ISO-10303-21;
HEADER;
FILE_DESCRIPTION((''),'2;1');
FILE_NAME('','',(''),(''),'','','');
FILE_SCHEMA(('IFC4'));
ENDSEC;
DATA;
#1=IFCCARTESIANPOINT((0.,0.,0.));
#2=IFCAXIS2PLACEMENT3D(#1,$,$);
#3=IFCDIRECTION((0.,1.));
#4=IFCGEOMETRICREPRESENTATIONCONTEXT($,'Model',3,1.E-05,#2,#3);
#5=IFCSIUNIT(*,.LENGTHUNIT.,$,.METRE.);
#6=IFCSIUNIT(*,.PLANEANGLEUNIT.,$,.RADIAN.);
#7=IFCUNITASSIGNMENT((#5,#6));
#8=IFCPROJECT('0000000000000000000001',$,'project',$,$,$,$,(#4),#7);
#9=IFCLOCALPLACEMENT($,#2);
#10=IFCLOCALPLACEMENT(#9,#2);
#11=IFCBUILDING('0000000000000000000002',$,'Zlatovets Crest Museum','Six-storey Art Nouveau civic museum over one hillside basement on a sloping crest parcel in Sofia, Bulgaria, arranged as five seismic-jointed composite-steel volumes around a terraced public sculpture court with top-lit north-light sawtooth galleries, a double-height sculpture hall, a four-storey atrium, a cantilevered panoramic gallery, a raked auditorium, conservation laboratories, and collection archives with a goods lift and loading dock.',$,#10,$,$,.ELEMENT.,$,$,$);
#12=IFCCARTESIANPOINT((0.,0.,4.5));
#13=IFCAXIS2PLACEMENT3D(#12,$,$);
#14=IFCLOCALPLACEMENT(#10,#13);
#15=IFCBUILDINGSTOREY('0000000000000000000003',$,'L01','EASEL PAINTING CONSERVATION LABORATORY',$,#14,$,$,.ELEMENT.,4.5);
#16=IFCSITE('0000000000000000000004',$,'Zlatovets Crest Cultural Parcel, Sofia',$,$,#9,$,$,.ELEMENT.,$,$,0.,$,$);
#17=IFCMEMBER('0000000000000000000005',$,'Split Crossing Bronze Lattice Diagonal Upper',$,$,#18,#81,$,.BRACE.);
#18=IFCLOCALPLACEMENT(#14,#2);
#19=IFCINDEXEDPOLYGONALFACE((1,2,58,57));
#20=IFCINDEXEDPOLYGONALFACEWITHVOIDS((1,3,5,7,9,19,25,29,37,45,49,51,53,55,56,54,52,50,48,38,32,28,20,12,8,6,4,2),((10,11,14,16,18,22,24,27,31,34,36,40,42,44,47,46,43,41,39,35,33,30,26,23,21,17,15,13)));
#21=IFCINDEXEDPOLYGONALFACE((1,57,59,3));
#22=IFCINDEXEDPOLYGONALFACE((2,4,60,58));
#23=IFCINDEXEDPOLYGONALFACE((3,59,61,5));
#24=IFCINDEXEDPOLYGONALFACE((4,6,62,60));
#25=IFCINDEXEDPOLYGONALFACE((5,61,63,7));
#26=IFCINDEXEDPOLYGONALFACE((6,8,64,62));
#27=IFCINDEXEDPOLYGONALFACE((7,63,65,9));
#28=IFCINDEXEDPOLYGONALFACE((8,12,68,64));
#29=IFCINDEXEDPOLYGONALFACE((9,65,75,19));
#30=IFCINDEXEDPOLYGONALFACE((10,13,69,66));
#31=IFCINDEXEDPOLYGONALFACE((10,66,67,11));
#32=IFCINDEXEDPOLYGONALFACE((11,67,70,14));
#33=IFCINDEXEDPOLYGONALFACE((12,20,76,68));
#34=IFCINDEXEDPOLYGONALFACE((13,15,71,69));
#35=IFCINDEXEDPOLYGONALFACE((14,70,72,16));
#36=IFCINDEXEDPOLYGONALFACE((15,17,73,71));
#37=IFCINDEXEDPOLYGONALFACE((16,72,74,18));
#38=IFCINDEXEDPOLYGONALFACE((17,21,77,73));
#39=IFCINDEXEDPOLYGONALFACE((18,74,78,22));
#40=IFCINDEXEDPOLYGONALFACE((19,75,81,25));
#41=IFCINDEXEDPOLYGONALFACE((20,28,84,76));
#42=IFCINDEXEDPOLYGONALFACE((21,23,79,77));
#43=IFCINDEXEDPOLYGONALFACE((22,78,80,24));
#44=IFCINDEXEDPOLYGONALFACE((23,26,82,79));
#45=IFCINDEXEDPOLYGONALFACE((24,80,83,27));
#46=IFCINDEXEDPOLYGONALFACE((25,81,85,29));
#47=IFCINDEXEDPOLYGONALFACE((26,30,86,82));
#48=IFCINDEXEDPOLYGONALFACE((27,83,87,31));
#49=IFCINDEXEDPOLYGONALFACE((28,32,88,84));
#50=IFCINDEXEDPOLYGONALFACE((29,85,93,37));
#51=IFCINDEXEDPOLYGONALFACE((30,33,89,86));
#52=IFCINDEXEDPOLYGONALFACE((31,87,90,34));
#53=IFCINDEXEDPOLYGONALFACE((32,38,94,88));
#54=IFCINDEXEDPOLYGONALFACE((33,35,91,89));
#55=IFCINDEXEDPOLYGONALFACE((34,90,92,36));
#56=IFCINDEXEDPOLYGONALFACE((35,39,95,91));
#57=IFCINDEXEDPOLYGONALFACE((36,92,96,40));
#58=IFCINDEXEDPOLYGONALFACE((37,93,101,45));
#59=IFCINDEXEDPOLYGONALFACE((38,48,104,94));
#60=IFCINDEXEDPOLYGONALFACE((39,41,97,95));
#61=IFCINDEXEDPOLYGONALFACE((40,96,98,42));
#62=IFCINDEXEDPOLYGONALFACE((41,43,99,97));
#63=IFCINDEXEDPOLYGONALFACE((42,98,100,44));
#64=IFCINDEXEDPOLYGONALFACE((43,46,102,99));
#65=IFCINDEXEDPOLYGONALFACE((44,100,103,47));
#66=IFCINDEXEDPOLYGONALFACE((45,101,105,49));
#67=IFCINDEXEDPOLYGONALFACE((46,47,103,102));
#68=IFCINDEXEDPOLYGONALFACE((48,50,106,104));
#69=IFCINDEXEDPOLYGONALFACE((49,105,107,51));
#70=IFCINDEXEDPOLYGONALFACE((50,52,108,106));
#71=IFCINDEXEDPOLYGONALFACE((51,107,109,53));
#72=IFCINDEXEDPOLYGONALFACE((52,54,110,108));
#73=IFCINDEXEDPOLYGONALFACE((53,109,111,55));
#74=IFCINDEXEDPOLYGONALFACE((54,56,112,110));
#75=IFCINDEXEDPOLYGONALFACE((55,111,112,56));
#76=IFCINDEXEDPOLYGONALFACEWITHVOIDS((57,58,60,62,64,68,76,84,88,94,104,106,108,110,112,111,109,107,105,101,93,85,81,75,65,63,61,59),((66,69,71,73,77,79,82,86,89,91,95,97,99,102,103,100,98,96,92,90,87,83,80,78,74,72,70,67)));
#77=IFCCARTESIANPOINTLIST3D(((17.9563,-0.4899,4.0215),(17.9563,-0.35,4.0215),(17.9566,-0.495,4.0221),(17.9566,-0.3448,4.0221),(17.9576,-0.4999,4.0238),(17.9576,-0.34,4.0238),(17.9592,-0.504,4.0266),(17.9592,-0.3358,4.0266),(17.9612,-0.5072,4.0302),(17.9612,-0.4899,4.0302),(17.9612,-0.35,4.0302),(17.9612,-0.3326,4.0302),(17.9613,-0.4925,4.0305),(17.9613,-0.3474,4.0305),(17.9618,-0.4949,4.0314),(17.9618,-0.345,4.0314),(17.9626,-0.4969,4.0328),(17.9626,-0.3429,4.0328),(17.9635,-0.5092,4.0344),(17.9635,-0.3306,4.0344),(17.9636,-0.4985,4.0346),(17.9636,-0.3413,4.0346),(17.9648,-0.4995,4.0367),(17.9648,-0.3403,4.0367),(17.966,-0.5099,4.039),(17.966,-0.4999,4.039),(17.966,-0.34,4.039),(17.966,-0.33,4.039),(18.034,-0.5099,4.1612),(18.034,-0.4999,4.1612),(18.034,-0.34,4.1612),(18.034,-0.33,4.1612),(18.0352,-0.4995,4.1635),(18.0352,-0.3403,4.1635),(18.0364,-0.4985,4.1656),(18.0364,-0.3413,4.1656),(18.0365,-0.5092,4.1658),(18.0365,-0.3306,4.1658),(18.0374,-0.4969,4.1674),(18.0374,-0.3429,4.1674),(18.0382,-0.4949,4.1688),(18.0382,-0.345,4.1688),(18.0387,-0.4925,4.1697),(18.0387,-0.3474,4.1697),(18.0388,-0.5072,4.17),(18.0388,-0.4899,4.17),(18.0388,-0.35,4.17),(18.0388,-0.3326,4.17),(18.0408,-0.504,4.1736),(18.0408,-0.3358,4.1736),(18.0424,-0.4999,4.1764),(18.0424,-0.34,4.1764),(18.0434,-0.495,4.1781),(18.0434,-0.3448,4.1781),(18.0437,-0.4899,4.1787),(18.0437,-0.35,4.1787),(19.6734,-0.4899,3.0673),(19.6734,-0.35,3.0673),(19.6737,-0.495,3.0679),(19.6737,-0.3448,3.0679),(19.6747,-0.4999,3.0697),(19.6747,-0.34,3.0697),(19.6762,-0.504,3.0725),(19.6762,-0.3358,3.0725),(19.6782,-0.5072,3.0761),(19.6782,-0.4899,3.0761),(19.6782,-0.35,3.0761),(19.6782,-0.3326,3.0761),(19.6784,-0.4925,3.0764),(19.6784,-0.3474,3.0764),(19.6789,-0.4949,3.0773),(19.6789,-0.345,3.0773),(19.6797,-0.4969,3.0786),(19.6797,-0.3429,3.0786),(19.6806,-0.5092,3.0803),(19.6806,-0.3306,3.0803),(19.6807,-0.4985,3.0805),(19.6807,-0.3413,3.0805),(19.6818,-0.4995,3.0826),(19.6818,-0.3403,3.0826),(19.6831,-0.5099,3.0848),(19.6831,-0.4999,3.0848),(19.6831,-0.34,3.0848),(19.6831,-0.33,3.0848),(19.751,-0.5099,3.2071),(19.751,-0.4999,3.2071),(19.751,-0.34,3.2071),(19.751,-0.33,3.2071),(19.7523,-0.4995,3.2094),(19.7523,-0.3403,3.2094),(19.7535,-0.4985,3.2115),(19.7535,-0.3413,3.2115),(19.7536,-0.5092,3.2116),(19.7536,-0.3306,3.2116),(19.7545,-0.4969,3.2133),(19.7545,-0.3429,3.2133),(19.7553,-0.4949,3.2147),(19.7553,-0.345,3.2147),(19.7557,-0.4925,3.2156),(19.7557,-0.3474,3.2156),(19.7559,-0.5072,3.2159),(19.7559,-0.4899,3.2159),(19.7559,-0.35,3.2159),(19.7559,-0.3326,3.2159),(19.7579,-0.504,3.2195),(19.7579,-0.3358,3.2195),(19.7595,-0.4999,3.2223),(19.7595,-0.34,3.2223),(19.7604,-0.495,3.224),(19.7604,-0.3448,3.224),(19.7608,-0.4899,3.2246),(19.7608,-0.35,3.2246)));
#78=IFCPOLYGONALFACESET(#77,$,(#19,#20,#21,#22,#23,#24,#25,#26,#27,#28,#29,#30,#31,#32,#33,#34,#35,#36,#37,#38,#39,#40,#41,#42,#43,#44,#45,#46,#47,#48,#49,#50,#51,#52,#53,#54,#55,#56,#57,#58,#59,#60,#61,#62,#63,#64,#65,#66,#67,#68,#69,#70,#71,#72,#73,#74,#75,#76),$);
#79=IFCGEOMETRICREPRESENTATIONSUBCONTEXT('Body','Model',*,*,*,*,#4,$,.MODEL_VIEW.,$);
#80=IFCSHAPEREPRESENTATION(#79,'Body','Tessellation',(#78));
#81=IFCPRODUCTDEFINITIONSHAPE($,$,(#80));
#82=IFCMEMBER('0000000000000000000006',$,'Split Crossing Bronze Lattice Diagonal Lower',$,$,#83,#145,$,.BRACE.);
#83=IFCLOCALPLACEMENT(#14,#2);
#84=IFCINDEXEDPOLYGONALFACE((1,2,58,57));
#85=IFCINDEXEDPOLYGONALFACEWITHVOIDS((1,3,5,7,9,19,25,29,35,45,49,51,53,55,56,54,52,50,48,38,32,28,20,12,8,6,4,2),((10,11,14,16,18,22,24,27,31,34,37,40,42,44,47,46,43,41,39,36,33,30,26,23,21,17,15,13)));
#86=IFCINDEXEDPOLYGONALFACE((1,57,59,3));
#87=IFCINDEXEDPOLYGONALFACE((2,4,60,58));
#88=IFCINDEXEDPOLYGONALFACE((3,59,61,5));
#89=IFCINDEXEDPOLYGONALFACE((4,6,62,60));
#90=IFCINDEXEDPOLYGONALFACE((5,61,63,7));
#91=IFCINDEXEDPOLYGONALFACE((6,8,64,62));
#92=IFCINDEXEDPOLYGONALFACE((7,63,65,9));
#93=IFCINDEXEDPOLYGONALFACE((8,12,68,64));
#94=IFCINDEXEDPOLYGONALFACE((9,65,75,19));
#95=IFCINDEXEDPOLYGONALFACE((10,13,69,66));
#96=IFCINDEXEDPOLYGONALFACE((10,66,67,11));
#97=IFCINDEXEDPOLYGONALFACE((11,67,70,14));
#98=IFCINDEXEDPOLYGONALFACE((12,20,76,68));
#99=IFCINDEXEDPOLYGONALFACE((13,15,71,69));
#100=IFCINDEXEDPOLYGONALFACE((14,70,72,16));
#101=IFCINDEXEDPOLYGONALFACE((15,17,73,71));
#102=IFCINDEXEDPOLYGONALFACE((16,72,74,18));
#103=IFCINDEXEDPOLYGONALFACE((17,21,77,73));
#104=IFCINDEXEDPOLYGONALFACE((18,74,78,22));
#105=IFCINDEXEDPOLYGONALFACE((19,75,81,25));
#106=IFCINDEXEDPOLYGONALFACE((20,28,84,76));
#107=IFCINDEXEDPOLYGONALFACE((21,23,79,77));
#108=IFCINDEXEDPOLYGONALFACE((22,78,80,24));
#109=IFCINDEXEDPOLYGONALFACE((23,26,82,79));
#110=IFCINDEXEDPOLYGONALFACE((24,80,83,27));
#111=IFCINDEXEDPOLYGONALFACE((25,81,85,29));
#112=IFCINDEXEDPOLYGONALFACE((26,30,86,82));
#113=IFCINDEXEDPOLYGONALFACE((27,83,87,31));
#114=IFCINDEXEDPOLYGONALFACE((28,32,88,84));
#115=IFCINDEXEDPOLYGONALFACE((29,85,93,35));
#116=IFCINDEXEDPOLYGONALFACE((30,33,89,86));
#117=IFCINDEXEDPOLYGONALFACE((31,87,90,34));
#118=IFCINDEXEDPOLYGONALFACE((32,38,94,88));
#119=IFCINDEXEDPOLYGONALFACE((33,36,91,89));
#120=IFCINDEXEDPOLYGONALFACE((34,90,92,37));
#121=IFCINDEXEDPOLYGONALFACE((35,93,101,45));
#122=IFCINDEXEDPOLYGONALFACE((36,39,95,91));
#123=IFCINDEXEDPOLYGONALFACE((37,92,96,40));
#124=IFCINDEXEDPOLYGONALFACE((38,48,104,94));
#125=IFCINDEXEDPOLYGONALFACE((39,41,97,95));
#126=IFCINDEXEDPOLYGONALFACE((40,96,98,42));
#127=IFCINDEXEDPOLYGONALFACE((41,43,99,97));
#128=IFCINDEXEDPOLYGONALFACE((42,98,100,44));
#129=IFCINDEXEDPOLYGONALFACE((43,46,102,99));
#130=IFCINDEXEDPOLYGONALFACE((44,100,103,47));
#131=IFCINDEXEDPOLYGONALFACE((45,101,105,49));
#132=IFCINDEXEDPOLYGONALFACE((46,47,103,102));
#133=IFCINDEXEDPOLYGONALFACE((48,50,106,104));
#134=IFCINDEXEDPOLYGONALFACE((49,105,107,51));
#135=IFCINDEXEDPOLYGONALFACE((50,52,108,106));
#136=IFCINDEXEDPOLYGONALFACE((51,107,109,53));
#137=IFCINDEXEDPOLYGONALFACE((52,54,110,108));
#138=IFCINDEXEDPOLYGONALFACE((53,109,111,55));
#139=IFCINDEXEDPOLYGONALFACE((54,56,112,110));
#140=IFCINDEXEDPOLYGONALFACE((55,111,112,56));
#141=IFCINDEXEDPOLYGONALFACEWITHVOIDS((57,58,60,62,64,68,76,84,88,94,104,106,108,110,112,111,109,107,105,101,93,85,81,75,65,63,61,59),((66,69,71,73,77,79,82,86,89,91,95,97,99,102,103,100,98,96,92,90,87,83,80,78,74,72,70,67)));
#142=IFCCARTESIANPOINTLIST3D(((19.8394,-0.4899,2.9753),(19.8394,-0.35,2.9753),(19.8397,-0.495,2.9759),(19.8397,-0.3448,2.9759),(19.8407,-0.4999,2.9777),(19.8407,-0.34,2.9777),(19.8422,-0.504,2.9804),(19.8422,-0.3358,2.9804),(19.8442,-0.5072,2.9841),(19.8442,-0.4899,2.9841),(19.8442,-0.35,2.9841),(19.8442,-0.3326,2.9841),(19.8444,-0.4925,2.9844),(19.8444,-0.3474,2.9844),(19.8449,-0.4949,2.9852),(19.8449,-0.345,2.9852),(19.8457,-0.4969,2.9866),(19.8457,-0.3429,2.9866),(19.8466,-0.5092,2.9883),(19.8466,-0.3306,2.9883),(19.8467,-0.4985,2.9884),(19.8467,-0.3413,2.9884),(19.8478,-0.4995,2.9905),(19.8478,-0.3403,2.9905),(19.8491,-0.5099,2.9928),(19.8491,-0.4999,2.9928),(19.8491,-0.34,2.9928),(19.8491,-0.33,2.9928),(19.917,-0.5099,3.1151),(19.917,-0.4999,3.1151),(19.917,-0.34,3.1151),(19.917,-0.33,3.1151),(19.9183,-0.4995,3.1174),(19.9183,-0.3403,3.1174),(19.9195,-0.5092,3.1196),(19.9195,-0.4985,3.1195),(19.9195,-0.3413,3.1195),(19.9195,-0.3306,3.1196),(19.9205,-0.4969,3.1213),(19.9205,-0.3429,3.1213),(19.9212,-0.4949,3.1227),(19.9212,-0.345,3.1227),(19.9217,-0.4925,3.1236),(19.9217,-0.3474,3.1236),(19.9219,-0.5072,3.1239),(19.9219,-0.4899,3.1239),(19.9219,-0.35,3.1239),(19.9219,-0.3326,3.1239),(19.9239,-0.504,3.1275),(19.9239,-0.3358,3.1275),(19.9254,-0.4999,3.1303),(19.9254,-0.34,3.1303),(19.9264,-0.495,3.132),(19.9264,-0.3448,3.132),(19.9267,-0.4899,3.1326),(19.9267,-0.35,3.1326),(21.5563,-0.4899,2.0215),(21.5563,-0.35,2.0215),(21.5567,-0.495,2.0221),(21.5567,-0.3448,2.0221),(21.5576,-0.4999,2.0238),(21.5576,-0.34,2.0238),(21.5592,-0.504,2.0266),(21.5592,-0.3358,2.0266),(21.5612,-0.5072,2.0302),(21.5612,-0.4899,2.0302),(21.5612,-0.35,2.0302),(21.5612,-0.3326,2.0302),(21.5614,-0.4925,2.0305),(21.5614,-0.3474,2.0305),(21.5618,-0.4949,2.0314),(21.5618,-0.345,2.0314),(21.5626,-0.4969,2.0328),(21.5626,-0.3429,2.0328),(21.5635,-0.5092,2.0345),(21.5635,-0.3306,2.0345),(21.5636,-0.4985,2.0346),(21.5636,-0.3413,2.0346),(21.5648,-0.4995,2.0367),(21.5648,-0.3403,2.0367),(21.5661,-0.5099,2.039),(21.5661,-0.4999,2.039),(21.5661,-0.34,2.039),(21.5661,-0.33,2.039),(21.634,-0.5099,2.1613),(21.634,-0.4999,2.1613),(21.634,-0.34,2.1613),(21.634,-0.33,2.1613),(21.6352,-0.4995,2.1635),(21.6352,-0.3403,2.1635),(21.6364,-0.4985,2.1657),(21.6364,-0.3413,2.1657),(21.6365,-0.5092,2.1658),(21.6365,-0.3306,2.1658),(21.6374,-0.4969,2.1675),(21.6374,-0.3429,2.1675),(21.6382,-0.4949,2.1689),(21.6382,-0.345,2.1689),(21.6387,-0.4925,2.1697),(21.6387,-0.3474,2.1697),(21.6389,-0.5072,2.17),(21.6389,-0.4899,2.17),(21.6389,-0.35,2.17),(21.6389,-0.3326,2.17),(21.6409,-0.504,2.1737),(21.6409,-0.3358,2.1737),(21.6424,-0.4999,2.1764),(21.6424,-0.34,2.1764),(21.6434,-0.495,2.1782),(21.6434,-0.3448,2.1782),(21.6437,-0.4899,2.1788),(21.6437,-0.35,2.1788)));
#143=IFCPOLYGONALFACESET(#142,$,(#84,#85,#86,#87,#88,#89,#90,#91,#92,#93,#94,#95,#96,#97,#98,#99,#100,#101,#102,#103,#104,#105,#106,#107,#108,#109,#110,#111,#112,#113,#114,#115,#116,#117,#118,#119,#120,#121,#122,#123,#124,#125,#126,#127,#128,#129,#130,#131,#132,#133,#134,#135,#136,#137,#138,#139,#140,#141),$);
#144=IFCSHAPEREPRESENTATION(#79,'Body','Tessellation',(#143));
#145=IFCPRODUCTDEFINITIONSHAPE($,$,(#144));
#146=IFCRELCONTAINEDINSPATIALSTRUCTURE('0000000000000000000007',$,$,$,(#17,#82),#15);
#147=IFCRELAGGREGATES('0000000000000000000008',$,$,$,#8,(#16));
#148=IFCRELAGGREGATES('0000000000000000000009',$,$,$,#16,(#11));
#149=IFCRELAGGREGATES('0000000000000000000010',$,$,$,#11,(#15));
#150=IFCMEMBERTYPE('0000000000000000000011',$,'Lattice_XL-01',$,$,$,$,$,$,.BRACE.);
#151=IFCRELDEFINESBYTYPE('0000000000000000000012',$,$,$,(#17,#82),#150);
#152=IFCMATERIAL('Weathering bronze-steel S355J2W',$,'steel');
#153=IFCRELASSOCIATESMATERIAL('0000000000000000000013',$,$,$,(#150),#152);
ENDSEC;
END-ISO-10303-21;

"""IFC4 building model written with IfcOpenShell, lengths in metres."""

from ifc_helpers import new_model, si_unit, direction, frame, origin, origin_2d, place, context, subcontext, project, spatial, hollow_rectangle, extrude, material, material_profile, profile_set, type_object, element, save


model = new_model("IFC4")

# Units and contexts
model_context = context("Model", 3, precision=1e-05, world=origin(), true_north=direction((0.0, 1.0)))
body_context = subcontext(model_context, "Body", "Model", "MODEL_VIEW")
ifc_project = project(units=[si_unit("LENGTHUNIT", "METRE"), si_unit("PLANEANGLEUNIT", "RADIAN")], contexts=[model_context])

# Site, building, storey
site_placement = place(None, origin())
site = spatial("IfcSite", under=ifc_project, at=site_placement, Name="Zlatovets Crest Cultural Parcel, Sofia", CompositionType="ELEMENT", RefElevation=0.0)
building_placement = place(site_placement, origin())
building = spatial("IfcBuilding", under=site, at=building_placement, Name="Zlatovets Crest Museum", Description="Six-storey Art Nouveau civic museum over one hillside basement on a sloping crest parcel in Sofia, Bulgaria, arranged as five seismic-jointed composite-steel volumes around a terraced public sculpture court with top-lit north-light sawtooth galleries, a double-height sculpture hall, a four-storey atrium, a cantilevered panoramic gallery, a raked auditorium, conservation laboratories, and collection archives with a goods lift and loading dock.", CompositionType="ELEMENT")
storey_placement = place(building_placement, frame((0.0, 0.0, 4.5)))
storey = spatial("IfcBuildingStorey", under=building, at=storey_placement, Name="L01", Description="EASEL PAINTING CONSERVATION LABORATORY", CompositionType="ELEMENT", Elevation=4.5)

# Members
ifc_material_1 = material(Name="Weathering bronze-steel S355J2W", Category="steel")
ifc_material_profile_1 = material_profile(ifc_material_1, hollow_rectangle(XDim=0.1799, YDim=0.1799, WallThickness=0.01, InnerFilletRadius=0.01, OuterFilletRadius=0.02, at=origin_2d()), Name="SHS 180x180x10.0")
ifc_profile_set_1 = profile_set([ifc_material_profile_1], Name="Weathering bronze-steel S355J2W")
member_type_1 = type_object("IfcMemberType", Name="Lattice_XL-01", PredefinedType="BRACE", material=ifc_profile_set_1)
member_1_placement = place(storey_placement, frame((18.0, -0.4199, 4.1001), z_axis=(0.874116, 0.0, -0.485717), x_axis=(0.0, 1.0, 0.0)))
element("IfcMember", 1, at=member_1_placement, inside=storey, type_object=member_type_1, Name="Split Crossing Bronze Lattice Diagonal Upper", PredefinedType="BRACE", context=body_context, shape_type="SweptSolid", body=[
    extrude(hollow_rectangle(XDim=0.1799, YDim=0.1799, WallThickness=0.01, InnerFilletRadius=0.01, OuterFilletRadius=0.02, at=origin_2d()), origin(), (0.0, 0.0, 1.0), 1.9644),
])
member_2_placement = place(storey_placement, frame((19.8831, -0.4199, 3.054), z_axis=(0.874169, 0.0, -0.485622), x_axis=(0.0, 1.0, 0.0)))
element("IfcMember", 2, at=member_2_placement, inside=storey, type_object=member_type_1, Name="Split Crossing Bronze Lattice Diagonal Lower", PredefinedType="BRACE", context=body_context, shape_type="SweptSolid", body=[
    extrude(hollow_rectangle(XDim=0.1799, YDim=0.1799, WallThickness=0.01, InnerFilletRadius=0.01, OuterFilletRadius=0.02, at=origin_2d()), origin(), (0.0, 0.0, 1.0), 1.9641),
])

save(model, "model.ifc")
